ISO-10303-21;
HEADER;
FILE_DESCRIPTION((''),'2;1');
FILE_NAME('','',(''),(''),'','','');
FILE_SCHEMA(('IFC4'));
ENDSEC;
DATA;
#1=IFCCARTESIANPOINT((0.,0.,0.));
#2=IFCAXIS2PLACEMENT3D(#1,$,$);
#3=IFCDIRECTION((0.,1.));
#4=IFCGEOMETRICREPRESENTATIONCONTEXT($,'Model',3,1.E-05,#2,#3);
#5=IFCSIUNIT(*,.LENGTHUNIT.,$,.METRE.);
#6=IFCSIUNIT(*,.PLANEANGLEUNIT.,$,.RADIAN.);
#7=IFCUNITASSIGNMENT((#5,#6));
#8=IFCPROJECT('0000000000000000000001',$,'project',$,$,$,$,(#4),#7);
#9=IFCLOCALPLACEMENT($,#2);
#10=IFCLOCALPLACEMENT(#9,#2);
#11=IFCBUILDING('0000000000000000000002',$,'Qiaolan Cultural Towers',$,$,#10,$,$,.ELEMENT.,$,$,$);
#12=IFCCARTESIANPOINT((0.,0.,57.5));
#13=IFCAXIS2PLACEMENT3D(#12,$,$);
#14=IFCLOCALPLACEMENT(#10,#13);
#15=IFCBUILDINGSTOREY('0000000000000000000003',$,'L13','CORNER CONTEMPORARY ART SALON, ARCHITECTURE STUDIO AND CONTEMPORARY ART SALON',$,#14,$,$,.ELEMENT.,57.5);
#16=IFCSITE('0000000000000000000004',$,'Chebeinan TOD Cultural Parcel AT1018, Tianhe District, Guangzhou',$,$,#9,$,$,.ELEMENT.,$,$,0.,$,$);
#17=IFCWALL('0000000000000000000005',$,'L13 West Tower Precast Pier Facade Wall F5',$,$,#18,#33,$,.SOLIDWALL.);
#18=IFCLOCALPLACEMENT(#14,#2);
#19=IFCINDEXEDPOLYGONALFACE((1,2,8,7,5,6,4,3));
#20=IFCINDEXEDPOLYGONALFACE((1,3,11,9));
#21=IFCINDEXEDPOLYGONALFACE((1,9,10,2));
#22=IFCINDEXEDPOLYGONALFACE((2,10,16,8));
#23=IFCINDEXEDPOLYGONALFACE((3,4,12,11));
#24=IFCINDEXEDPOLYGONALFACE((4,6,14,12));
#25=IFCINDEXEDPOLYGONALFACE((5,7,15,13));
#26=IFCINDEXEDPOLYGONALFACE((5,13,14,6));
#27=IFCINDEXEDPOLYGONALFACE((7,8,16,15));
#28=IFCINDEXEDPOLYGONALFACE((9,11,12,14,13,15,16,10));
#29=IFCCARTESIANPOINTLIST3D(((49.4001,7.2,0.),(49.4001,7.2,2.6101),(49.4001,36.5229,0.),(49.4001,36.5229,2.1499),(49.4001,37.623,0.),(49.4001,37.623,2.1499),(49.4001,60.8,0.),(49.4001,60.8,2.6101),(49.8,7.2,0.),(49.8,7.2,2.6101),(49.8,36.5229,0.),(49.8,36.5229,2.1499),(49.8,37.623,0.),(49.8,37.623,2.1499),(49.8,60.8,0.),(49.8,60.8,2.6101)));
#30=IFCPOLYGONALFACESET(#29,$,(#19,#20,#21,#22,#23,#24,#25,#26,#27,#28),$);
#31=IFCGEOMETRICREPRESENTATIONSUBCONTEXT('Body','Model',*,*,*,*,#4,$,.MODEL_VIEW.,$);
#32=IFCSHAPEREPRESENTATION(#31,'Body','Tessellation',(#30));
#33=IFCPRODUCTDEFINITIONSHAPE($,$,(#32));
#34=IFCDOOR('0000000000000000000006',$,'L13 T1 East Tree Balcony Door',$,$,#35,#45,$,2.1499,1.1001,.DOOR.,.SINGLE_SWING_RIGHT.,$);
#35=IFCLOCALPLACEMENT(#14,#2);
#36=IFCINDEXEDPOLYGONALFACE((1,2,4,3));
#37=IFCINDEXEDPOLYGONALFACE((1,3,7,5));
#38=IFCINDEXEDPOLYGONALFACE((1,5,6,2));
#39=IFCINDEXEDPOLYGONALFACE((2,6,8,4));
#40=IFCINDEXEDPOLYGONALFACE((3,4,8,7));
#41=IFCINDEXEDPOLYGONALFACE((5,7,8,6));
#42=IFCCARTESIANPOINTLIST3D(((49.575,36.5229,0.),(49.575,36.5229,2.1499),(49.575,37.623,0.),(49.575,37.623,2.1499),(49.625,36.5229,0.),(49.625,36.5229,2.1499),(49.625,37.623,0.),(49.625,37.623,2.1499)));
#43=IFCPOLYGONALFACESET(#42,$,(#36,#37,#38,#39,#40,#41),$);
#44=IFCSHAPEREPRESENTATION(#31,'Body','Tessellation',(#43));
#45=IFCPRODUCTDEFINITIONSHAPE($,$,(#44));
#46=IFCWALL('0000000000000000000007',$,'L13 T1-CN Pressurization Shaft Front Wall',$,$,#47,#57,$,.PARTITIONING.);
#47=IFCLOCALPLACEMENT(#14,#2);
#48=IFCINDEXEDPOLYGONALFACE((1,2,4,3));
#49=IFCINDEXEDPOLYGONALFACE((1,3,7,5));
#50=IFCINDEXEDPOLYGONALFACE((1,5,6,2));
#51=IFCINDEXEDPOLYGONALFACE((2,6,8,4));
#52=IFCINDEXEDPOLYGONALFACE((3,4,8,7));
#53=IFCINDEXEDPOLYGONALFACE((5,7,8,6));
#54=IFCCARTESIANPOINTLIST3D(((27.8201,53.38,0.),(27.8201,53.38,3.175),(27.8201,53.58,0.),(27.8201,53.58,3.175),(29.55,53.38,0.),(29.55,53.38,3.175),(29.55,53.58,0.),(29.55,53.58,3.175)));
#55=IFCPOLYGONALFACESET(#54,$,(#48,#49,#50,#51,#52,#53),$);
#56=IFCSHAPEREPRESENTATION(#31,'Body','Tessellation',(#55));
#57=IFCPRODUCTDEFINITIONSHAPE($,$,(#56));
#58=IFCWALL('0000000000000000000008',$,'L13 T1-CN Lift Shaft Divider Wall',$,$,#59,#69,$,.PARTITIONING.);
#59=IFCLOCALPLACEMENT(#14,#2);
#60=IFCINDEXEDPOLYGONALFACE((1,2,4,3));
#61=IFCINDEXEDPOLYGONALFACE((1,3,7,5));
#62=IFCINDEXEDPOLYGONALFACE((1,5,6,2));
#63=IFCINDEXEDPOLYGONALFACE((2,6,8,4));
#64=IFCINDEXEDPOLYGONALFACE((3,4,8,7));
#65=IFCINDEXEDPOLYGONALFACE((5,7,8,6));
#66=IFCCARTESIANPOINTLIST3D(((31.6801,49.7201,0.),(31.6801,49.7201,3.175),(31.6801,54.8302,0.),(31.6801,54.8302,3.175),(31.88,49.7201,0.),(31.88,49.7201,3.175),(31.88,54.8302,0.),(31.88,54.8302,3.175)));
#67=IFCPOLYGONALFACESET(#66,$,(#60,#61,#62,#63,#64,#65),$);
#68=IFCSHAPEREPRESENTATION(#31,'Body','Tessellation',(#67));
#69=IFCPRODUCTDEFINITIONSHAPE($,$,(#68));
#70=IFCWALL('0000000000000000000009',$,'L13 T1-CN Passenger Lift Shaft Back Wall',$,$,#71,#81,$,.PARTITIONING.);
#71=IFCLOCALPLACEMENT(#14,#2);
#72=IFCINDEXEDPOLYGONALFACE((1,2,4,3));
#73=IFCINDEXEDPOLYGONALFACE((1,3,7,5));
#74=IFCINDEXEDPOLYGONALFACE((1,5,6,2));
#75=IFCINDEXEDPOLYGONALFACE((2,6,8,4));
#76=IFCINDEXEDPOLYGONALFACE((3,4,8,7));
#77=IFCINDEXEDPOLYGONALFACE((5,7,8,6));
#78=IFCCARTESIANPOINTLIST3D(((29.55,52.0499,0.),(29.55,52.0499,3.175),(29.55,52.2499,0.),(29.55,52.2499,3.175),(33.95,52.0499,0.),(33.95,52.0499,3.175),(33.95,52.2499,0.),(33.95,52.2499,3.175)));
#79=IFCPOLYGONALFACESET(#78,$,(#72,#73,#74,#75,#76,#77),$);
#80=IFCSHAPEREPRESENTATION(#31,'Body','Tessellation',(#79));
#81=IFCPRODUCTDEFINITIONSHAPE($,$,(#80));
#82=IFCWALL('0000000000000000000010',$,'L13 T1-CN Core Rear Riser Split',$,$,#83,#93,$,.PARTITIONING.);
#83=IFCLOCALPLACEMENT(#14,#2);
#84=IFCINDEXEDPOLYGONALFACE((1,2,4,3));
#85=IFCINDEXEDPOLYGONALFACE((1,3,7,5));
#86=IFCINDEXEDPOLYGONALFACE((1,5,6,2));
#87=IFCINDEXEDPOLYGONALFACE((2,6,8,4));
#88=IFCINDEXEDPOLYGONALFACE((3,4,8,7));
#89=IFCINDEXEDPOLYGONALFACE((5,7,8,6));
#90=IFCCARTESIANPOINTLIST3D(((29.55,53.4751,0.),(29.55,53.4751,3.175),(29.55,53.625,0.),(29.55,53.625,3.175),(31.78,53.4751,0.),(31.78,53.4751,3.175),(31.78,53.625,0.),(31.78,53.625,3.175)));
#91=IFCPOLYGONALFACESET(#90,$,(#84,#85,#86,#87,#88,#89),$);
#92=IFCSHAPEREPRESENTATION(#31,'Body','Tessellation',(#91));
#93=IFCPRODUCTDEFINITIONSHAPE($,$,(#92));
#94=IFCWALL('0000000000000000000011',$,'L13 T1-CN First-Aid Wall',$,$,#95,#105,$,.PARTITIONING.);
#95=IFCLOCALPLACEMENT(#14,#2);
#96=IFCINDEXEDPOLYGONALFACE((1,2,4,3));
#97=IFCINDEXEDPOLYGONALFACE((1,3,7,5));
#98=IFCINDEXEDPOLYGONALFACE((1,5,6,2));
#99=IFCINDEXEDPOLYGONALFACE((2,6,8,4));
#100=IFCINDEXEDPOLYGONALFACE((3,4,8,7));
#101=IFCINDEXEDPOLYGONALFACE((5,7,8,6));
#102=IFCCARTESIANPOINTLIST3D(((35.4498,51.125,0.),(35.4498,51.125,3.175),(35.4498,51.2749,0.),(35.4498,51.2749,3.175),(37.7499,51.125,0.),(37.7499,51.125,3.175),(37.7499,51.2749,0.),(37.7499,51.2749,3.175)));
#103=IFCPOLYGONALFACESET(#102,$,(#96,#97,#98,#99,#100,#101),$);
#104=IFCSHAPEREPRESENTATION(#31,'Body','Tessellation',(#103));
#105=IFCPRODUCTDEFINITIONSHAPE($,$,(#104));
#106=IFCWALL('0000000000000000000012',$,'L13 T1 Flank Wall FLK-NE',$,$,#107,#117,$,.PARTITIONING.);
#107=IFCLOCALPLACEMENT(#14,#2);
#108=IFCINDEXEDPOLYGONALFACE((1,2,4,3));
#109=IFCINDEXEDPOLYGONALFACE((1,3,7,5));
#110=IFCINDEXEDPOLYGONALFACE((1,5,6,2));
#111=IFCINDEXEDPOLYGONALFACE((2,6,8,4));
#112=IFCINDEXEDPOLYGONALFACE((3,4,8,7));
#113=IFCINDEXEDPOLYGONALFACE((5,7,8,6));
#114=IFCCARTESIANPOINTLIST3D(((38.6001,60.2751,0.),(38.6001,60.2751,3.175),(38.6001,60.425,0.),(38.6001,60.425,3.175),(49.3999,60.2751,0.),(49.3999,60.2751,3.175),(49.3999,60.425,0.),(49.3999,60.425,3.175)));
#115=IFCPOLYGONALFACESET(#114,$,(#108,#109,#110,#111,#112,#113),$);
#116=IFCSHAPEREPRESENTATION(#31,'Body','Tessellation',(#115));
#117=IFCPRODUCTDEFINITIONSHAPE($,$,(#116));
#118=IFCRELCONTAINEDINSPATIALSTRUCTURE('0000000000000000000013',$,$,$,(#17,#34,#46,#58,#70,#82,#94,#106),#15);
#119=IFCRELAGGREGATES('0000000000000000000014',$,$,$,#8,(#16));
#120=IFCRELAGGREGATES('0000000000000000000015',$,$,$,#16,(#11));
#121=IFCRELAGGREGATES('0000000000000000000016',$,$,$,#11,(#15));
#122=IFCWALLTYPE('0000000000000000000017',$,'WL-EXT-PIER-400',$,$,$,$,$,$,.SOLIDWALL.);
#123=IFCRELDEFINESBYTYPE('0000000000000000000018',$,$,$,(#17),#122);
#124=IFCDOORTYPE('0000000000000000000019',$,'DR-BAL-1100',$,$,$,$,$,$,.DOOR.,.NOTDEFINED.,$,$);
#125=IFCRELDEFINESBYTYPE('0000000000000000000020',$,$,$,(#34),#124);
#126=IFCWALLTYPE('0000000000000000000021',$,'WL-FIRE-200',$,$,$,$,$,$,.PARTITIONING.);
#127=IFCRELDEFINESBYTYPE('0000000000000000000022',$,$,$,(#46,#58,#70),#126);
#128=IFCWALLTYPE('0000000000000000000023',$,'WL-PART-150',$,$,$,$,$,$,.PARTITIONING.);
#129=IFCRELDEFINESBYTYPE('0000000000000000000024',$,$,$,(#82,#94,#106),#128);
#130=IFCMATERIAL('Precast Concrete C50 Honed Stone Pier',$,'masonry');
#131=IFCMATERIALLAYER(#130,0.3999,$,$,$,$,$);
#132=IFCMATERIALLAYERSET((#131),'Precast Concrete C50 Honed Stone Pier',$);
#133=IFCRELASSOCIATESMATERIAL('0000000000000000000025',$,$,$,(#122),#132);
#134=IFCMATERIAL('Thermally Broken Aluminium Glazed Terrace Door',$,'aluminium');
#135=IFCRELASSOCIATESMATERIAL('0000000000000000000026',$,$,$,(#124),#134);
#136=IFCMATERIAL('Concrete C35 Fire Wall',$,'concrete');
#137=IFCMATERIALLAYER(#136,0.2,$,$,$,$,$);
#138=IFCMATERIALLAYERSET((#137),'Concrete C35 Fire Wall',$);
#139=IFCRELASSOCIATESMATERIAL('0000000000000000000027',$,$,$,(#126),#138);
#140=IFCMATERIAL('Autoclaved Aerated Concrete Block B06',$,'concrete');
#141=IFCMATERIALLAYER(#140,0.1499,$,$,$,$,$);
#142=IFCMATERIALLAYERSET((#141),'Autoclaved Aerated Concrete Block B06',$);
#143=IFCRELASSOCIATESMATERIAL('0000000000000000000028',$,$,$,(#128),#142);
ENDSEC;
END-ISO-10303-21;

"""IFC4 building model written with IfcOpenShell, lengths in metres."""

from ifc_helpers import new_model, si_unit, direction, frame, frame_2d, origin, place, context, subcontext, project, spatial, rectangle, extrude, material, layer, layer_set, type_object, element, fill, save


model = new_model("IFC4")

# Units and contexts
model_context = context("Model", 3, precision=1e-05, world=origin(), true_north=direction((0.0, 1.0)))
body_context = subcontext(model_context, "Body", "Model", "MODEL_VIEW")
ifc_project = project(units=[si_unit("LENGTHUNIT", "METRE"), si_unit("PLANEANGLEUNIT", "RADIAN")], contexts=[model_context])

# Site, building, storey
site_placement = place(None, origin())
site = spatial("IfcSite", under=ifc_project, at=site_placement, Name="Chebeinan TOD Cultural Parcel AT1018, Tianhe District, Guangzhou", CompositionType="ELEMENT", RefElevation=0.0)
building_placement = place(site_placement, origin())
building = spatial("IfcBuilding", under=site, at=building_placement, Name="Qiaolan Cultural Towers", CompositionType="ELEMENT")
storey_placement = place(building_placement, frame((0.0, 0.0, 57.5)))
storey = spatial("IfcBuildingStorey", under=building, at=storey_placement, Name="L13", Description="CORNER CONTEMPORARY ART SALON, ARCHITECTURE STUDIO AND CONTEMPORARY ART SALON", CompositionType="ELEMENT", Elevation=57.5)

# Shared definitions
ifc_material_1 = material(Name="Precast Concrete C50 Honed Stone Pier", Category="masonry")
ifc_layer_1 = layer(ifc_material_1, 0.3999)
ifc_layer_set_1 = layer_set([ifc_layer_1], Name="Precast Concrete C50 Honed Stone Pier")
wall_type_1 = type_object("IfcWallType", Name="WL-EXT-PIER-400", PredefinedType="SOLIDWALL", material=ifc_layer_set_1)

# Wall, opening, door
wall_1_placement = place(storey_placement, frame((49.6001, 60.8, 0.0), z_axis=(0.0, 0.0, 1.0), x_axis=(0.0, -1.0, 0.0)))
wall_1 = element("IfcWall", 1, at=wall_1_placement, inside=storey, type_object=wall_type_1, Name="L13 West Tower Precast Pier Facade Wall F5", PredefinedType="SOLIDWALL", context=body_context, shape_type="SweptSolid", body=[
    extrude(rectangle(XDim=53.6001, YDim=0.3999, at=frame_2d((26.8, 0.0))), origin(), (0.0, 0.0, 1.0), 2.6101),
])
opening_placement = place(wall_1_placement, frame((23.177, 0.0, 0.0)))
opening = element("IfcOpeningElement", 2, at=opening_placement, cuts=wall_1, PredefinedType="OPENING", context=body_context, shape_type="SweptSolid", body=[
    extrude(rectangle(XDim=1.1001, YDim=2.1499, at=frame_2d((0.55, 1.075))), frame((0.0, 0.21, 0.0), z_axis=(0.0, -1.0, 0.0), x_axis=(1.0, 0.0, 0.0)), (0.0, 0.0, 1.0), 0.4199),
])
ifc_material_2 = material(Name="Thermally Broken Aluminium Glazed Terrace Door", Category="aluminium")
door_type = type_object("IfcDoorType", Name="DR-BAL-1100", OperationType="NOTDEFINED", PredefinedType="DOOR", material=ifc_material_2)
door_placement = place(opening_placement, origin())
door = element("IfcDoor", 3, at=door_placement, inside=storey, type_object=door_type, Name="L13 T1 East Tree Balcony Door", OperationType="SINGLE_SWING_RIGHT", OverallHeight=2.1499, OverallWidth=1.1001, PredefinedType="DOOR", context=body_context, shape_type="SweptSolid", body=[
    extrude(rectangle(XDim=1.1001, YDim=2.1499, at=frame_2d((0.55, 1.075))), frame((0.0, 0.0249, 0.0), z_axis=(0.0, -1.0, 0.0), x_axis=(1.0, 0.0, 0.0)), (0.0, 0.0, 1.0), 0.05),
])
fill(opening, door)

# Walls
ifc_material_3 = material(Name="Concrete C35 Fire Wall", Category="concrete")
ifc_layer_2 = layer(ifc_material_3, 0.2)
ifc_layer_set_2 = layer_set([ifc_layer_2], Name="Concrete C35 Fire Wall")
wall_type_2 = type_object("IfcWallType", Name="WL-FIRE-200", PredefinedType="PARTITIONING", material=ifc_layer_set_2)
wall_2_placement = place(storey_placement, frame((27.8201, 53.48, 0.0), z_axis=(0.0, 0.0, 1.0), x_axis=(1.0, 0.0, 0.0)))
element("IfcWall", 4, at=wall_2_placement, inside=storey, type_object=wall_type_2, Name="L13 T1-CN Pressurization Shaft Front Wall", PredefinedType="PARTITIONING", context=body_context, shape_type="SweptSolid", body=[
    extrude(rectangle(XDim=1.73, YDim=0.2, at=frame_2d((0.865, 0.0))), origin(), (0.0, 0.0, 1.0), 3.175),
])
wall_3_placement = place(storey_placement, frame((31.78, 49.72, 0.0), z_axis=(0.0, 0.0, 1.0), x_axis=(0.0, 1.0, 0.0)))
element("IfcWall", 5, at=wall_3_placement, inside=storey, type_object=wall_type_2, Name="L13 T1-CN Lift Shaft Divider Wall", PredefinedType="PARTITIONING", context=body_context, shape_type="SweptSolid", body=[
    extrude(rectangle(XDim=5.1101, YDim=0.2, at=frame_2d((2.5552, 0.0))), origin(), (0.0, 0.0, 1.0), 3.175),
])
wall_4_placement = place(storey_placement, frame((29.55, 52.1499, 0.0), z_axis=(0.0, 0.0, 1.0), x_axis=(1.0, 0.0, 0.0)))
element("IfcWall", 6, at=wall_4_placement, inside=storey, type_object=wall_type_2, Name="L13 T1-CN Passenger Lift Shaft Back Wall", PredefinedType="PARTITIONING", context=body_context, shape_type="SweptSolid", body=[
    extrude(rectangle(XDim=4.3999, YDim=0.2, at=frame_2d((2.2, 0.0))), origin(), (0.0, 0.0, 1.0), 3.175),
])
ifc_material_4 = material(Name="Autoclaved Aerated Concrete Block B06", Category="concrete")
ifc_layer_3 = layer(ifc_material_4, 0.1499)
ifc_layer_set_3 = layer_set([ifc_layer_3], Name="Autoclaved Aerated Concrete Block B06")
wall_type_3 = type_object("IfcWallType", Name="WL-PART-150", PredefinedType="PARTITIONING", material=ifc_layer_set_3)
wall_5_placement = place(storey_placement, frame((29.55, 53.55, 0.0), z_axis=(0.0, 0.0, 1.0), x_axis=(1.0, 0.0, 0.0)))
element("IfcWall", 7, at=wall_5_placement, inside=storey, type_object=wall_type_3, Name="L13 T1-CN Core Rear Riser Split", PredefinedType="PARTITIONING", context=body_context, shape_type="SweptSolid", body=[
    extrude(rectangle(XDim=2.23, YDim=0.1499, at=frame_2d((1.115, 0.0))), origin(), (0.0, 0.0, 1.0), 3.175),
])
wall_6_placement = place(storey_placement, frame((35.45, 51.2, 0.0), z_axis=(0.0, 0.0, 1.0), x_axis=(1.0, 0.0, 0.0)))
element("IfcWall", 8, at=wall_6_placement, inside=storey, type_object=wall_type_3, Name="L13 T1-CN First-Aid Wall", PredefinedType="PARTITIONING", context=body_context, shape_type="SweptSolid", body=[
    extrude(rectangle(XDim=2.3, YDim=0.1499, at=frame_2d((1.1499, 0.0))), origin(), (0.0, 0.0, 1.0), 3.175),
])
wall_7_placement = place(storey_placement, frame((38.6001, 60.3501, 0.0), z_axis=(0.0, 0.0, 1.0), x_axis=(1.0, 0.0, 0.0)))
element("IfcWall", 9, at=wall_7_placement, inside=storey, type_object=wall_type_3, Name="L13 T1 Flank Wall FLK-NE", PredefinedType="PARTITIONING", context=body_context, shape_type="SweptSolid", body=[
    extrude(rectangle(XDim=10.7998, YDim=0.1499, at=frame_2d((5.3999, 0.0))), origin(), (0.0, 0.0, 1.0), 3.175),
])

save(model, "model.ifc")
